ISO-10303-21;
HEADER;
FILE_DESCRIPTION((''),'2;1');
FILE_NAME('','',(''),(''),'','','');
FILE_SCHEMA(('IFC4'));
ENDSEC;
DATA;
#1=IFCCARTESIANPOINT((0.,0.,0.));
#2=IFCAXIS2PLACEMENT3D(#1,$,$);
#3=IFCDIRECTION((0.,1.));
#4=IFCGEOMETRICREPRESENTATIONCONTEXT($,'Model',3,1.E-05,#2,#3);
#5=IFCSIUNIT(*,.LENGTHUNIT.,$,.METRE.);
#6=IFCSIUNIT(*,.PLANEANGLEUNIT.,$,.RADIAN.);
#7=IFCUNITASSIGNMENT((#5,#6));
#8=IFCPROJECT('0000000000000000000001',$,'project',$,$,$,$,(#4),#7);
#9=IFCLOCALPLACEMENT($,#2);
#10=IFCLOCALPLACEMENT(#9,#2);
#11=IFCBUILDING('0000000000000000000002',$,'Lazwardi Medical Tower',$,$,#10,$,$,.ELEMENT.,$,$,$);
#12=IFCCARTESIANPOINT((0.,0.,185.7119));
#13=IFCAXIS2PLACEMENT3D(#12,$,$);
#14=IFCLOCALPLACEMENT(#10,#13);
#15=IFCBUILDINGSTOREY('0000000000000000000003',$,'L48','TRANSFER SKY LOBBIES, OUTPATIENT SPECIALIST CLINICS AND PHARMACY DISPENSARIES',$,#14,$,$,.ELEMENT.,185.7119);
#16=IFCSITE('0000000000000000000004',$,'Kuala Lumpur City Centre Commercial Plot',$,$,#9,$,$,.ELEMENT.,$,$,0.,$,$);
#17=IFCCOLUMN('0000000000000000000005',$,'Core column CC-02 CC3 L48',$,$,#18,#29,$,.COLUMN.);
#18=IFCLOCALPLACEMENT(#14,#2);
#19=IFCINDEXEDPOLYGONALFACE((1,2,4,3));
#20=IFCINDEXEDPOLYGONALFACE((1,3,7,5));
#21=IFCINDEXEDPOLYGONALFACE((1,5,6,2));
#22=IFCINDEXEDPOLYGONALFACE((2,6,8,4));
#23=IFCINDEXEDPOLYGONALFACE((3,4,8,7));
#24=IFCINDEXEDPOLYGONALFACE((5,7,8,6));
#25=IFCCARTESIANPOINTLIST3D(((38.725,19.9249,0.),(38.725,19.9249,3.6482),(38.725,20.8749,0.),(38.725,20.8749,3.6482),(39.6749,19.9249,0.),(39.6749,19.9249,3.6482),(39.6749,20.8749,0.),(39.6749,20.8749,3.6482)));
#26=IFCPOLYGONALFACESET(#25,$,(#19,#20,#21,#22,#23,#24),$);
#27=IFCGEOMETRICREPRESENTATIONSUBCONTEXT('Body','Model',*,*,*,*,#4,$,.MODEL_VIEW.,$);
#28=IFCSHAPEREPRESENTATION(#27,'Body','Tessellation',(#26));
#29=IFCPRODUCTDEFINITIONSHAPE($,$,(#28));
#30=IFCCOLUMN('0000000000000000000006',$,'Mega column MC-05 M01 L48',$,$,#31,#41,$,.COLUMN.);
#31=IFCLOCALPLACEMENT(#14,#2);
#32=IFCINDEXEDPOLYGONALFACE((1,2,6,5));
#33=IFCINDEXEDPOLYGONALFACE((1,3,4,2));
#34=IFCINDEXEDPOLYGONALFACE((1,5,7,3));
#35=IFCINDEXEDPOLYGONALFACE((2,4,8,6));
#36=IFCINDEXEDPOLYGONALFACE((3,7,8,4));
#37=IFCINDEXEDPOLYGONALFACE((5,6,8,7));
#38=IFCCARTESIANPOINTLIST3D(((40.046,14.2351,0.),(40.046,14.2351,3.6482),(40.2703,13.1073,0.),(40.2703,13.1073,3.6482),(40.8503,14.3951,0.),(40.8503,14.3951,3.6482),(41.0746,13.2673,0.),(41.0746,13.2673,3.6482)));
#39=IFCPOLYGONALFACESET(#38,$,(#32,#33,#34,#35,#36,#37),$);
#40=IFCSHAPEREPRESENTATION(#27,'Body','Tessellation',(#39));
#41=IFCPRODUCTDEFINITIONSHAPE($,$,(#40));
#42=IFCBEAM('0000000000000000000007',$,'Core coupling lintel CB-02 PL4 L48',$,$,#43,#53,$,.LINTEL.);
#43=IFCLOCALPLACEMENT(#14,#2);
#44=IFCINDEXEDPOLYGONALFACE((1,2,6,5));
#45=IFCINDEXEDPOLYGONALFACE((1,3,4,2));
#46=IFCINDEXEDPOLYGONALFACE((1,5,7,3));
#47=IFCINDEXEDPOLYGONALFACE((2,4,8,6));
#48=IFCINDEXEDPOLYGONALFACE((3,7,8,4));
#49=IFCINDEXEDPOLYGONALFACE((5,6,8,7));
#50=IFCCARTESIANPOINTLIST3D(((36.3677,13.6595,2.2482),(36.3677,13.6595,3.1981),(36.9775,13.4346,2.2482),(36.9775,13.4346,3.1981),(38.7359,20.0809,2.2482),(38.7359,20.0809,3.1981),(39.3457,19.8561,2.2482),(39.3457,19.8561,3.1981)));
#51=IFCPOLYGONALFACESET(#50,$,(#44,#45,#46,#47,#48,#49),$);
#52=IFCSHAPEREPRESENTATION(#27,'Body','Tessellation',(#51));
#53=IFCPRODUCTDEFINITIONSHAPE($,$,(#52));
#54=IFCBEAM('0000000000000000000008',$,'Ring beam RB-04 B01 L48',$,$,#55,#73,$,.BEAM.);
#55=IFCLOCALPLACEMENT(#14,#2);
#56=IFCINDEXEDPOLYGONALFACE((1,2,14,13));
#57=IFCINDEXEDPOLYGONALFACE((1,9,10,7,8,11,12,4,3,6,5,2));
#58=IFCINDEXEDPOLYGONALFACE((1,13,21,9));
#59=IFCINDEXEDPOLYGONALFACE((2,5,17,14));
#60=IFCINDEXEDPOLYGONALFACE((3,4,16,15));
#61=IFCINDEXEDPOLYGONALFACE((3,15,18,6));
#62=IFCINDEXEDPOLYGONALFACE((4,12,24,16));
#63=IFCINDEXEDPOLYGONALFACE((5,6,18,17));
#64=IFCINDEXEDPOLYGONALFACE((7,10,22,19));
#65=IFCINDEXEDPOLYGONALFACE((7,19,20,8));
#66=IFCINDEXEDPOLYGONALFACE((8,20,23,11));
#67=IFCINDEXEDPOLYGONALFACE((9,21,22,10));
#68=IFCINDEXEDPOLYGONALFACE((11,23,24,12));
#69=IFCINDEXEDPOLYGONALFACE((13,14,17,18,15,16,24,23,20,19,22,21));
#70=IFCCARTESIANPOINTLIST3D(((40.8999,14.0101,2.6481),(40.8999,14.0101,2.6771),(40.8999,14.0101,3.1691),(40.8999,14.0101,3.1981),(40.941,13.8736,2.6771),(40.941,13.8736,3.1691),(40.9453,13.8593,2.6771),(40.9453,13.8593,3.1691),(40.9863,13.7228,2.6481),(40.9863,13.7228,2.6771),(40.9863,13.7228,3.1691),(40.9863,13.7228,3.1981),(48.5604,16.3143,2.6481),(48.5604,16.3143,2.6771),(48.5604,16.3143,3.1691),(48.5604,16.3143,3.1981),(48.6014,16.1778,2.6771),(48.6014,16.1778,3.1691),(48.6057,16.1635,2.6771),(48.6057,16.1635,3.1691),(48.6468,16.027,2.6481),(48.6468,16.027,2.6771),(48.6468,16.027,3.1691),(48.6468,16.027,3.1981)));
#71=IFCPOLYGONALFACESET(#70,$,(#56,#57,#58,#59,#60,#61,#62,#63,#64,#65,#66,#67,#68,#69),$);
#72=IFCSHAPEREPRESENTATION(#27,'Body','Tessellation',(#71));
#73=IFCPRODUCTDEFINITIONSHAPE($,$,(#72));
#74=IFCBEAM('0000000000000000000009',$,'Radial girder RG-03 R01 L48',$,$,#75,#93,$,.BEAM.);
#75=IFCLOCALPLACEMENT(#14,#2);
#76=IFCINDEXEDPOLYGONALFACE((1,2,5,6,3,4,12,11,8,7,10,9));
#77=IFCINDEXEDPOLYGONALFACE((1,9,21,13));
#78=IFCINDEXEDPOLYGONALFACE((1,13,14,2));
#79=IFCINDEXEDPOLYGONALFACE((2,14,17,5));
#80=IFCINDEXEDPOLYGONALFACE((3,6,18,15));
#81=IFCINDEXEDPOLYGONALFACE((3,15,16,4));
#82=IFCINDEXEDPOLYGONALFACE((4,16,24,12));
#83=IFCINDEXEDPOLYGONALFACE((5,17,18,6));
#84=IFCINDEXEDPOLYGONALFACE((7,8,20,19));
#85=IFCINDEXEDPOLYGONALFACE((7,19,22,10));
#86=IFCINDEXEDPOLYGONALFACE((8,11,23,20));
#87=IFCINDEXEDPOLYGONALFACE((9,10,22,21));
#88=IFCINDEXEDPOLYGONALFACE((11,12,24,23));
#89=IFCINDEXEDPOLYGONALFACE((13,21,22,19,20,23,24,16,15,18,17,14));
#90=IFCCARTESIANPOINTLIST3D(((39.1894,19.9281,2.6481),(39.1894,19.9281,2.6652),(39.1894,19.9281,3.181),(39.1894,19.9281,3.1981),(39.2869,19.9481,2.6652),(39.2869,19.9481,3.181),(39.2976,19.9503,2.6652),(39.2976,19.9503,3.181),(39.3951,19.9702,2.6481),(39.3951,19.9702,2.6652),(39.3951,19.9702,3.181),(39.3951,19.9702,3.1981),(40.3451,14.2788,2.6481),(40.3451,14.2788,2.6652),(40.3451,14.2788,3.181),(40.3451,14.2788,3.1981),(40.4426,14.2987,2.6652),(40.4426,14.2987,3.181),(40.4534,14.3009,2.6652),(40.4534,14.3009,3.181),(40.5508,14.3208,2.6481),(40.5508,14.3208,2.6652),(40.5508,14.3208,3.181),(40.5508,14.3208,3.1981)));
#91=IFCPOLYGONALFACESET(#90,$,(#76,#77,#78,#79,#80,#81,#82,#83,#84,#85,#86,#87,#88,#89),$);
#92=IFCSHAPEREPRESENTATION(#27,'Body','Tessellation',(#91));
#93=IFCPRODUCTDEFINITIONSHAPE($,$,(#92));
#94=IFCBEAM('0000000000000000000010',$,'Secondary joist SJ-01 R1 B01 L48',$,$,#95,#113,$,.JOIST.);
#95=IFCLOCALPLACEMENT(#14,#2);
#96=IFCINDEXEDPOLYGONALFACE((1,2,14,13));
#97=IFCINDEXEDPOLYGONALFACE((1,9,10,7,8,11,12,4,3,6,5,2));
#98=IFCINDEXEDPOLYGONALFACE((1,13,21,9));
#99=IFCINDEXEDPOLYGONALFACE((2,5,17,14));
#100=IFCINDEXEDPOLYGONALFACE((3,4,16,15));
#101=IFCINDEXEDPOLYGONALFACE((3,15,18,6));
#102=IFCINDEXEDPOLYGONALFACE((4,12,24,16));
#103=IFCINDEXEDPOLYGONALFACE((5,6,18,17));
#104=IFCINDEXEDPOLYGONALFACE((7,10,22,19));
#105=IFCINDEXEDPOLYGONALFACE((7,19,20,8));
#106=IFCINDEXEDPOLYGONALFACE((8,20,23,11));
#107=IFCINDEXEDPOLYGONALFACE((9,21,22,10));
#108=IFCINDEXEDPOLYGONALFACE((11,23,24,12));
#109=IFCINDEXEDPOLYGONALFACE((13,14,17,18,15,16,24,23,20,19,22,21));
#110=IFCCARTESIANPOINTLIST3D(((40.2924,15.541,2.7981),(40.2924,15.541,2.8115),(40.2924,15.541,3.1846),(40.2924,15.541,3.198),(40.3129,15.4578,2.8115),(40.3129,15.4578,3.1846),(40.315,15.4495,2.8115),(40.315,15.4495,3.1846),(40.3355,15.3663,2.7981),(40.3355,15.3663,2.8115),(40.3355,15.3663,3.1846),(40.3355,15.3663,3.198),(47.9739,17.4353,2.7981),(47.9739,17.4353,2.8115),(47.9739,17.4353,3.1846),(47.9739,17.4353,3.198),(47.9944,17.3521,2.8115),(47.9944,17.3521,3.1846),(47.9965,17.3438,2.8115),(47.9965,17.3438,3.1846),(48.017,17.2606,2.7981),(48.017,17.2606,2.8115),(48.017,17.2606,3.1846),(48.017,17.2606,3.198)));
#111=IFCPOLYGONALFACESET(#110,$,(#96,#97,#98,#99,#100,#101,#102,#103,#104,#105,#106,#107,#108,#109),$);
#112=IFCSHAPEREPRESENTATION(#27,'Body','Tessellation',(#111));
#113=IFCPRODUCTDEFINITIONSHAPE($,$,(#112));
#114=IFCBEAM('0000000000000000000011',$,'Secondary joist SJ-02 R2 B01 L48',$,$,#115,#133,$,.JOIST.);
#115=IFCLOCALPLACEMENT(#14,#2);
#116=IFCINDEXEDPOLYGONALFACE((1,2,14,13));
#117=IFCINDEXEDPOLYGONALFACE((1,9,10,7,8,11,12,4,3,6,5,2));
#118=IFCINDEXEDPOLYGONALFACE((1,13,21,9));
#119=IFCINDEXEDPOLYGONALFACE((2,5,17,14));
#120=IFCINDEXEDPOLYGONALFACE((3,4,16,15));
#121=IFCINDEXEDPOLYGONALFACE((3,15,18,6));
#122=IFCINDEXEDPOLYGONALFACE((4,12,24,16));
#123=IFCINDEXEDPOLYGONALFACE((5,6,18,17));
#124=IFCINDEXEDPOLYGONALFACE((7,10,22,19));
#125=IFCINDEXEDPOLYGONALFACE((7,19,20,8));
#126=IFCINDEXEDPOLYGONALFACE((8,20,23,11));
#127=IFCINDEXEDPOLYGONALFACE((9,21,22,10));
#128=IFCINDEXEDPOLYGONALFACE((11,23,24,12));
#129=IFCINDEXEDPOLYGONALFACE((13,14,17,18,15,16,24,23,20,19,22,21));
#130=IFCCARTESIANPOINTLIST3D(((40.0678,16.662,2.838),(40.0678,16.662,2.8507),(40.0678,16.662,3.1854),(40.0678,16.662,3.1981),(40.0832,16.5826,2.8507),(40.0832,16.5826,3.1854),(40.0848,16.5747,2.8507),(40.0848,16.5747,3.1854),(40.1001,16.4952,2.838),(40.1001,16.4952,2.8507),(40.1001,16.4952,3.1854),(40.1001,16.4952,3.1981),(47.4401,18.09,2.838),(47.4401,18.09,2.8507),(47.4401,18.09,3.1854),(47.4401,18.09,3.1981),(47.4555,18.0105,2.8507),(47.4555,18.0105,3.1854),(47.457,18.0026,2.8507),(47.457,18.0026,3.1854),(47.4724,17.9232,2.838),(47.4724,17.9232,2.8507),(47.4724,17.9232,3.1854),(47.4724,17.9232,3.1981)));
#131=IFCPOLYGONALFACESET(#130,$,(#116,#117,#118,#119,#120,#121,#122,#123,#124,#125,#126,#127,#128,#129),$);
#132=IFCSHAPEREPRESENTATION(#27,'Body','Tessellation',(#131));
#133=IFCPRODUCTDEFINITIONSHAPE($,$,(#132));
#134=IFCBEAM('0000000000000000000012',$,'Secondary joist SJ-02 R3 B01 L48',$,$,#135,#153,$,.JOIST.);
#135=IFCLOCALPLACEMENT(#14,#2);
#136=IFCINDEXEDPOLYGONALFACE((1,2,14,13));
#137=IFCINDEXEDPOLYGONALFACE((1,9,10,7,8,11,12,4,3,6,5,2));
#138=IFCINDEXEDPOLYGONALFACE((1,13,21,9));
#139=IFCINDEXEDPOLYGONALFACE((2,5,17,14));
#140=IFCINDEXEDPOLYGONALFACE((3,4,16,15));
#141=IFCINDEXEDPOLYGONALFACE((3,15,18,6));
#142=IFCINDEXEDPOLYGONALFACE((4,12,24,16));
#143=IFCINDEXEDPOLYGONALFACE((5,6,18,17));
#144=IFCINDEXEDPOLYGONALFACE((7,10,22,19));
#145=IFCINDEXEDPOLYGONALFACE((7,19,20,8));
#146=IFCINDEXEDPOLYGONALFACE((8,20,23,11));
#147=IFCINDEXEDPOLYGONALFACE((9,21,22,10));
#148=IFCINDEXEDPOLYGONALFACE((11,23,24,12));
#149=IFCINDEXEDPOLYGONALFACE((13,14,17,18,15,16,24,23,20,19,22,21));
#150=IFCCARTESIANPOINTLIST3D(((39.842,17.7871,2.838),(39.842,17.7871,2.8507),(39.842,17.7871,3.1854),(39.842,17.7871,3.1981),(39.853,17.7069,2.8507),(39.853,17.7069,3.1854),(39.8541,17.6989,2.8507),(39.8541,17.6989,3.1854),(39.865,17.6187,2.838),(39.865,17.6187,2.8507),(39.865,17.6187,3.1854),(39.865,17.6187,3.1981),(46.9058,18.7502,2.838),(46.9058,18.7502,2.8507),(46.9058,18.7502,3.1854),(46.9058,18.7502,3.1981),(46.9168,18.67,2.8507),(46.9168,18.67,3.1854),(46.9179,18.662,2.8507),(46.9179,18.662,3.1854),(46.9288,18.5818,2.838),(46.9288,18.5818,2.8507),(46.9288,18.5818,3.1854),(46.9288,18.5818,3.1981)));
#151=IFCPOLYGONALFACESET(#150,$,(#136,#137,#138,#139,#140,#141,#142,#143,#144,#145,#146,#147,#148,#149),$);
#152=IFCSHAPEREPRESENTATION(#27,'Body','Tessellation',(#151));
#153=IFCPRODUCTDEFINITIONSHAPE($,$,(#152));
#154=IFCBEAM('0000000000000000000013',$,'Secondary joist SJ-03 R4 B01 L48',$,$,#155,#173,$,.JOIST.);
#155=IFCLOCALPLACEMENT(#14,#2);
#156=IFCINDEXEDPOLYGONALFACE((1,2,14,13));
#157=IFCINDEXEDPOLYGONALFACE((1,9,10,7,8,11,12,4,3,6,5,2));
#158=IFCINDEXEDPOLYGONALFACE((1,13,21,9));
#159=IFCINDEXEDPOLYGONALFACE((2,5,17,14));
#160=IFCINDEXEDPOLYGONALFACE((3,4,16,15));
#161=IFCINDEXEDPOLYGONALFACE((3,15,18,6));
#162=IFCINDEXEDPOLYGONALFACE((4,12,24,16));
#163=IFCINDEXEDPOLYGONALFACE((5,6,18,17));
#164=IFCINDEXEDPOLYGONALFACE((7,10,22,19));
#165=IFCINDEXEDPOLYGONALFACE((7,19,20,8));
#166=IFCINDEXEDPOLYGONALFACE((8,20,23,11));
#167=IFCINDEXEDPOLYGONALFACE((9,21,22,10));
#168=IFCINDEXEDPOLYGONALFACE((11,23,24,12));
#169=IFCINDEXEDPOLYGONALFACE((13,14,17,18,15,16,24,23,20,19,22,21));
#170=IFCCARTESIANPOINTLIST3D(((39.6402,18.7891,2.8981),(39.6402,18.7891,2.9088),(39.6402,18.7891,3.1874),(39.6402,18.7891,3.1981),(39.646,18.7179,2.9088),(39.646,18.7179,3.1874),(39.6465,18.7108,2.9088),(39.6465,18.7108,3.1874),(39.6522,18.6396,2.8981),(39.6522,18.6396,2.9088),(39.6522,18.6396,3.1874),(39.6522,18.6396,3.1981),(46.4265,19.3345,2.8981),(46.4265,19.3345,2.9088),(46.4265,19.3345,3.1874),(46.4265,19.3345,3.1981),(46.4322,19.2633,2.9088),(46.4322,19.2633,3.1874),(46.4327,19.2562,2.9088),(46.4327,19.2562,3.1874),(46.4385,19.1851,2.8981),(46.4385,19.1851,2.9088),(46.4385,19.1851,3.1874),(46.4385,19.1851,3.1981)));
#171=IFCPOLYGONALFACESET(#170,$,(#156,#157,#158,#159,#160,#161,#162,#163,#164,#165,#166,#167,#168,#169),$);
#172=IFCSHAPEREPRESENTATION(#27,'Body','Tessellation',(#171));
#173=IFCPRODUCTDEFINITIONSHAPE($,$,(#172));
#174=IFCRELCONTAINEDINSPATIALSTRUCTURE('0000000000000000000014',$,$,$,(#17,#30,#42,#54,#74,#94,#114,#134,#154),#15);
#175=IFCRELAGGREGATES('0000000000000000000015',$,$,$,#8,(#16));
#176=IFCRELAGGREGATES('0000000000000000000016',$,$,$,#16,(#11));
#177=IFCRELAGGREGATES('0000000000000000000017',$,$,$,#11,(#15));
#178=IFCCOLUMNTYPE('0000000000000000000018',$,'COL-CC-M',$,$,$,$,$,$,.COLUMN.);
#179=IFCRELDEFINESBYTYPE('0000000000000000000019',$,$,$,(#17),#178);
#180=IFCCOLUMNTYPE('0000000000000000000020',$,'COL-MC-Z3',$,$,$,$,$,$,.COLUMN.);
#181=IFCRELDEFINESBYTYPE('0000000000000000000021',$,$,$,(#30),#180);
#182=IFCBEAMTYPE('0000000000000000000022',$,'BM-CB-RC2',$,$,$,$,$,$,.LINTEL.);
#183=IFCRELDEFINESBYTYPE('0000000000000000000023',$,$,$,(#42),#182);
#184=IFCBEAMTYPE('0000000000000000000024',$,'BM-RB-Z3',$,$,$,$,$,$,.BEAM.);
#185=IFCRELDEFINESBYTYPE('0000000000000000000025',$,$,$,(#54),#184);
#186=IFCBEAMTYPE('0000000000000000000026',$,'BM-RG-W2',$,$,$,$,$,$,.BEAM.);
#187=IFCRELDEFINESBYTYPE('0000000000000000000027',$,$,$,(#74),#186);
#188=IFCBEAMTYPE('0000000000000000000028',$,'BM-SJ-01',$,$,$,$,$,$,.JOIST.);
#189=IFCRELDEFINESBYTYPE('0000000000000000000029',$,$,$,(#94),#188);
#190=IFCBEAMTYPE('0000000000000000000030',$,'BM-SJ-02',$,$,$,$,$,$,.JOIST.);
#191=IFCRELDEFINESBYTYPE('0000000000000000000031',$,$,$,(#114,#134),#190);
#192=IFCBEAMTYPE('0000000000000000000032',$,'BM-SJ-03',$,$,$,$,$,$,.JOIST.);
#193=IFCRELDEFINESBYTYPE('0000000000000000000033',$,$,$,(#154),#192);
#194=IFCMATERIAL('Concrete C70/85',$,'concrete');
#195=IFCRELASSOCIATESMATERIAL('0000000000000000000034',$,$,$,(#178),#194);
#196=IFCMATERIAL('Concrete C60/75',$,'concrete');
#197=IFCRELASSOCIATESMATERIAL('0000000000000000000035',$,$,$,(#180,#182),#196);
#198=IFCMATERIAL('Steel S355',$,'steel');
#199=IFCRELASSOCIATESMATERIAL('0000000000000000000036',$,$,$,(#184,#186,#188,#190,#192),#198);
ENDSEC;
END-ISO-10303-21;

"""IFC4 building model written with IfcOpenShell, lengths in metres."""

from ifc_helpers import new_model, si_unit, direction, frame, origin, origin_2d, place, context, subcontext, project, spatial, rectangle, i_section, extrude, material, material_profile, profile_set, type_object, element, save


model = new_model("IFC4")

# Units and contexts
model_context = context("Model", 3, precision=1e-05, world=origin(), true_north=direction((0.0, 1.0)))
body_context = subcontext(model_context, "Body", "Model", "MODEL_VIEW")
ifc_project = project(units=[si_unit("LENGTHUNIT", "METRE"), si_unit("PLANEANGLEUNIT", "RADIAN")], contexts=[model_context])

# Site, building, storey
site_placement = place(None, origin())
site = spatial("IfcSite", under=ifc_project, at=site_placement, Name="Kuala Lumpur City Centre Commercial Plot", CompositionType="ELEMENT", RefElevation=0.0)
building_placement = place(site_placement, origin())
building = spatial("IfcBuilding", under=site, at=building_placement, Name="Lazwardi Medical Tower", CompositionType="ELEMENT")
storey_placement = place(building_placement, frame((0.0, 0.0, 185.7119)))
storey = spatial("IfcBuildingStorey", under=building, at=storey_placement, Name="L48", Description="TRANSFER SKY LOBBIES, OUTPATIENT SPECIALIST CLINICS AND PHARMACY DISPENSARIES", CompositionType="ELEMENT", Elevation=185.7119)

# Columns
ifc_material_1 = material(Name="Concrete C70/85", Category="concrete")
ifc_material_profile_1 = material_profile(ifc_material_1, rectangle(XDim=0.95, YDim=0.95, at=origin_2d()), Name="RC 950x950")
ifc_profile_set_1 = profile_set([ifc_material_profile_1], Name="Concrete C70/85")
column_type_1 = type_object("IfcColumnType", Name="COL-CC-M", PredefinedType="COLUMN", material=ifc_profile_set_1)
column_1_placement = place(storey_placement, frame((39.2, 20.3999, 0.0), z_axis=(0.0, 0.0, 1.0), x_axis=(1.0, 0.0, 0.0)))
element("IfcColumn", 1, at=column_1_placement, inside=storey, type_object=column_type_1, Name="Core column CC-02 CC3 L48", PredefinedType="COLUMN", context=body_context, shape_type="SweptSolid", body=[
    extrude(rectangle(XDim=0.95, YDim=0.95, at=origin_2d()), origin(), (0.0, 0.0, 1.0), 3.6482),
])
ifc_material_2 = material(Name="Concrete C60/75", Category="concrete")
ifc_material_profile_2 = material_profile(ifc_material_2, rectangle(XDim=1.1499, YDim=0.8201, at=origin_2d()), Name="CFT-RECT 1150x820")
ifc_profile_set_2 = profile_set([ifc_material_profile_2], Name="Concrete C60/75")
column_type_2 = type_object("IfcColumnType", Name="COL-MC-Z3", PredefinedType="COLUMN", material=ifc_profile_set_2)
column_2_placement = place(storey_placement, frame((40.5603, 13.7512, 0.0), z_axis=(0.0, 0.0, 1.0), x_axis=(0.19509, -0.980785, 0.0)))
element("IfcColumn", 2, at=column_2_placement, inside=storey, type_object=column_type_2, Name="Mega column MC-05 M01 L48", PredefinedType="COLUMN", context=body_context, shape_type="SweptSolid", body=[
    extrude(rectangle(XDim=1.1499, YDim=0.8201, at=origin_2d()), origin(), (0.0, 0.0, 1.0), 3.6482),
])

# Beams
ifc_material_profile_3 = material_profile(ifc_material_2, rectangle(XDim=0.6499, YDim=0.95, at=origin_2d()), Name="RC 650x950")
ifc_profile_set_3 = profile_set([ifc_material_profile_3], Name="Concrete C60/75")
beam_type_1 = type_object("IfcBeamType", Name="BM-CB-RC2", PredefinedType="LINTEL", material=ifc_profile_set_3)
beam_1_placement = place(storey_placement, frame((39.0408, 19.9685, 2.7231), z_axis=(-0.346013, -0.93823, 0.0), x_axis=(0.93823, -0.346013, 0.0)))
element("IfcBeam", 3, at=beam_1_placement, inside=storey, type_object=beam_type_1, Name="Core coupling lintel CB-02 PL4 L48", PredefinedType="LINTEL", context=body_context, shape_type="SweptSolid", body=[
    extrude(rectangle(XDim=0.6499, YDim=0.95, at=origin_2d()), origin(), (0.0, 0.0, 1.0), 6.8442),
])
ifc_material_3 = material(Name="Steel S355", Category="steel")
ifc_material_profile_4 = material_profile(ifc_material_3, i_section(OverallWidth=0.3, OverallDepth=0.55, WebThickness=0.0149, FlangeThickness=0.0291, at=origin_2d()), Name="HEB 550")
ifc_profile_set_4 = profile_set([ifc_material_profile_4], Name="Steel S355")
beam_type_2 = type_object("IfcBeamType", Name="BM-RB-Z3", PredefinedType="BEAM", material=ifc_profile_set_4)
beam_2_placement = place(storey_placement, frame((40.9431, 13.8665, 2.9231), z_axis=(0.957617, 0.288045, 0.0), x_axis=(-0.288045, 0.957617, 0.0)))
element("IfcBeam", 4, at=beam_2_placement, inside=storey, type_object=beam_type_2, Name="Ring beam RB-04 B01 L48", PredefinedType="BEAM", context=body_context, shape_type="SweptSolid", body=[
    extrude(i_section(OverallWidth=0.3, OverallDepth=0.55, WebThickness=0.0149, FlangeThickness=0.0291, at=origin_2d()), origin(), (0.0, 0.0, 1.0), 7.9995),
])
ifc_material_profile_5 = material_profile(ifc_material_3, i_section(OverallWidth=0.21, OverallDepth=0.55, WebThickness=0.011, FlangeThickness=0.0171, at=origin_2d()), Name="IPE 550")
ifc_profile_set_5 = profile_set([ifc_material_profile_5], Name="Steel S355")
beam_type_3 = type_object("IfcBeamType", Name="BM-RG-W2", PredefinedType="BEAM", material=ifc_profile_set_5)
beam_3_placement = place(storey_placement, frame((40.448, 14.2998, 2.9231), z_axis=(-0.200429, 0.979708, 0.0), x_axis=(-0.979708, -0.200429, 0.0)))
element("IfcBeam", 5, at=beam_3_placement, inside=storey, type_object=beam_type_3, Name="Radial girder RG-03 R01 L48", PredefinedType="BEAM", context=body_context, shape_type="SweptSolid", body=[
    extrude(i_section(OverallWidth=0.21, OverallDepth=0.55, WebThickness=0.011, FlangeThickness=0.0171, at=origin_2d()), origin(), (0.0, 0.0, 1.0), 5.7664),
])
ifc_material_profile_6 = material_profile(ifc_material_3, i_section(OverallWidth=0.1799, OverallDepth=0.3999, WebThickness=0.0085, FlangeThickness=0.0134, at=origin_2d()), Name="IPE 400")
ifc_profile_set_6 = profile_set([ifc_material_profile_6], Name="Steel S355")
beam_type_4 = type_object("IfcBeamType", Name="BM-SJ-01", PredefinedType="JOIST", material=ifc_profile_set_6)
beam_4_placement = place(storey_placement, frame((40.314, 15.4536, 2.998), z_axis=(0.970913, 0.239434, 0.0), x_axis=(-0.239434, 0.970913, 0.0)))
element("IfcBeam", 6, at=beam_4_placement, inside=storey, type_object=beam_type_4, Name="Secondary joist SJ-01 R1 B01 L48", PredefinedType="JOIST", context=body_context, shape_type="SweptSolid", body=[
    extrude(i_section(OverallWidth=0.1799, OverallDepth=0.3999, WebThickness=0.0085, FlangeThickness=0.0134, at=origin_2d()), origin(), (0.0, 0.0, 1.0), 7.9116),
])
ifc_material_profile_7 = material_profile(ifc_material_3, i_section(OverallWidth=0.1699, OverallDepth=0.3601, WebThickness=0.0081, FlangeThickness=0.0127, at=origin_2d()), Name="IPE 360")
ifc_profile_set_7 = profile_set([ifc_material_profile_7], Name="Steel S355")
beam_type_5 = type_object("IfcBeamType", Name="BM-SJ-02", PredefinedType="JOIST", material=ifc_profile_set_7)
beam_5_placement = place(storey_placement, frame((40.084, 16.5786, 3.0181), z_axis=(0.981753, 0.19016, 0.0), x_axis=(-0.19016, 0.981753, 0.0)))
element("IfcBeam", 7, at=beam_5_placement, inside=storey, type_object=beam_type_5, Name="Secondary joist SJ-02 R2 B01 L48", PredefinedType="JOIST", context=body_context, shape_type="SweptSolid", body=[
    extrude(i_section(OverallWidth=0.1699, OverallDepth=0.3601, WebThickness=0.0081, FlangeThickness=0.0127, at=origin_2d()), origin(), (0.0, 0.0, 1.0), 7.5093),
])
beam_6_placement = place(storey_placement, frame((39.8535, 17.7029, 3.0181), z_axis=(0.990832, 0.135099, 0.0), x_axis=(-0.135099, 0.990832, 0.0)))
element("IfcBeam", 8, at=beam_6_placement, inside=storey, type_object=beam_type_5, Name="Secondary joist SJ-02 R3 B01 L48", PredefinedType="JOIST", context=body_context, shape_type="SweptSolid", body=[
    extrude(i_section(OverallWidth=0.1699, OverallDepth=0.3601, WebThickness=0.0081, FlangeThickness=0.0127, at=origin_2d()), origin(), (0.0, 0.0, 1.0), 7.1292),
])
ifc_material_profile_8 = material_profile(ifc_material_3, i_section(OverallWidth=0.1499, OverallDepth=0.3, WebThickness=0.0071, FlangeThickness=0.0107, at=origin_2d()), Name="IPE 300")
ifc_profile_set_8 = profile_set([ifc_material_profile_8], Name="Steel S355")
beam_type_6 = type_object("IfcBeamType", Name="BM-SJ-03", PredefinedType="JOIST", material=ifc_profile_set_8)
beam_7_placement = place(storey_placement, frame((39.6462, 18.7144, 3.0481), z_axis=(0.996786, 0.080113, 0.0), x_axis=(-0.080113, 0.996786, 0.0)))
element("IfcBeam", 9, at=beam_7_placement, inside=storey, type_object=beam_type_6, Name="Secondary joist SJ-03 R4 B01 L48", PredefinedType="JOIST", context=body_context, shape_type="SweptSolid", body=[
    extrude(i_section(OverallWidth=0.1499, OverallDepth=0.3, WebThickness=0.0071, FlangeThickness=0.0107, at=origin_2d()), origin(), (0.0, 0.0, 1.0), 6.8081),
])

save(model, "model.ifc")
